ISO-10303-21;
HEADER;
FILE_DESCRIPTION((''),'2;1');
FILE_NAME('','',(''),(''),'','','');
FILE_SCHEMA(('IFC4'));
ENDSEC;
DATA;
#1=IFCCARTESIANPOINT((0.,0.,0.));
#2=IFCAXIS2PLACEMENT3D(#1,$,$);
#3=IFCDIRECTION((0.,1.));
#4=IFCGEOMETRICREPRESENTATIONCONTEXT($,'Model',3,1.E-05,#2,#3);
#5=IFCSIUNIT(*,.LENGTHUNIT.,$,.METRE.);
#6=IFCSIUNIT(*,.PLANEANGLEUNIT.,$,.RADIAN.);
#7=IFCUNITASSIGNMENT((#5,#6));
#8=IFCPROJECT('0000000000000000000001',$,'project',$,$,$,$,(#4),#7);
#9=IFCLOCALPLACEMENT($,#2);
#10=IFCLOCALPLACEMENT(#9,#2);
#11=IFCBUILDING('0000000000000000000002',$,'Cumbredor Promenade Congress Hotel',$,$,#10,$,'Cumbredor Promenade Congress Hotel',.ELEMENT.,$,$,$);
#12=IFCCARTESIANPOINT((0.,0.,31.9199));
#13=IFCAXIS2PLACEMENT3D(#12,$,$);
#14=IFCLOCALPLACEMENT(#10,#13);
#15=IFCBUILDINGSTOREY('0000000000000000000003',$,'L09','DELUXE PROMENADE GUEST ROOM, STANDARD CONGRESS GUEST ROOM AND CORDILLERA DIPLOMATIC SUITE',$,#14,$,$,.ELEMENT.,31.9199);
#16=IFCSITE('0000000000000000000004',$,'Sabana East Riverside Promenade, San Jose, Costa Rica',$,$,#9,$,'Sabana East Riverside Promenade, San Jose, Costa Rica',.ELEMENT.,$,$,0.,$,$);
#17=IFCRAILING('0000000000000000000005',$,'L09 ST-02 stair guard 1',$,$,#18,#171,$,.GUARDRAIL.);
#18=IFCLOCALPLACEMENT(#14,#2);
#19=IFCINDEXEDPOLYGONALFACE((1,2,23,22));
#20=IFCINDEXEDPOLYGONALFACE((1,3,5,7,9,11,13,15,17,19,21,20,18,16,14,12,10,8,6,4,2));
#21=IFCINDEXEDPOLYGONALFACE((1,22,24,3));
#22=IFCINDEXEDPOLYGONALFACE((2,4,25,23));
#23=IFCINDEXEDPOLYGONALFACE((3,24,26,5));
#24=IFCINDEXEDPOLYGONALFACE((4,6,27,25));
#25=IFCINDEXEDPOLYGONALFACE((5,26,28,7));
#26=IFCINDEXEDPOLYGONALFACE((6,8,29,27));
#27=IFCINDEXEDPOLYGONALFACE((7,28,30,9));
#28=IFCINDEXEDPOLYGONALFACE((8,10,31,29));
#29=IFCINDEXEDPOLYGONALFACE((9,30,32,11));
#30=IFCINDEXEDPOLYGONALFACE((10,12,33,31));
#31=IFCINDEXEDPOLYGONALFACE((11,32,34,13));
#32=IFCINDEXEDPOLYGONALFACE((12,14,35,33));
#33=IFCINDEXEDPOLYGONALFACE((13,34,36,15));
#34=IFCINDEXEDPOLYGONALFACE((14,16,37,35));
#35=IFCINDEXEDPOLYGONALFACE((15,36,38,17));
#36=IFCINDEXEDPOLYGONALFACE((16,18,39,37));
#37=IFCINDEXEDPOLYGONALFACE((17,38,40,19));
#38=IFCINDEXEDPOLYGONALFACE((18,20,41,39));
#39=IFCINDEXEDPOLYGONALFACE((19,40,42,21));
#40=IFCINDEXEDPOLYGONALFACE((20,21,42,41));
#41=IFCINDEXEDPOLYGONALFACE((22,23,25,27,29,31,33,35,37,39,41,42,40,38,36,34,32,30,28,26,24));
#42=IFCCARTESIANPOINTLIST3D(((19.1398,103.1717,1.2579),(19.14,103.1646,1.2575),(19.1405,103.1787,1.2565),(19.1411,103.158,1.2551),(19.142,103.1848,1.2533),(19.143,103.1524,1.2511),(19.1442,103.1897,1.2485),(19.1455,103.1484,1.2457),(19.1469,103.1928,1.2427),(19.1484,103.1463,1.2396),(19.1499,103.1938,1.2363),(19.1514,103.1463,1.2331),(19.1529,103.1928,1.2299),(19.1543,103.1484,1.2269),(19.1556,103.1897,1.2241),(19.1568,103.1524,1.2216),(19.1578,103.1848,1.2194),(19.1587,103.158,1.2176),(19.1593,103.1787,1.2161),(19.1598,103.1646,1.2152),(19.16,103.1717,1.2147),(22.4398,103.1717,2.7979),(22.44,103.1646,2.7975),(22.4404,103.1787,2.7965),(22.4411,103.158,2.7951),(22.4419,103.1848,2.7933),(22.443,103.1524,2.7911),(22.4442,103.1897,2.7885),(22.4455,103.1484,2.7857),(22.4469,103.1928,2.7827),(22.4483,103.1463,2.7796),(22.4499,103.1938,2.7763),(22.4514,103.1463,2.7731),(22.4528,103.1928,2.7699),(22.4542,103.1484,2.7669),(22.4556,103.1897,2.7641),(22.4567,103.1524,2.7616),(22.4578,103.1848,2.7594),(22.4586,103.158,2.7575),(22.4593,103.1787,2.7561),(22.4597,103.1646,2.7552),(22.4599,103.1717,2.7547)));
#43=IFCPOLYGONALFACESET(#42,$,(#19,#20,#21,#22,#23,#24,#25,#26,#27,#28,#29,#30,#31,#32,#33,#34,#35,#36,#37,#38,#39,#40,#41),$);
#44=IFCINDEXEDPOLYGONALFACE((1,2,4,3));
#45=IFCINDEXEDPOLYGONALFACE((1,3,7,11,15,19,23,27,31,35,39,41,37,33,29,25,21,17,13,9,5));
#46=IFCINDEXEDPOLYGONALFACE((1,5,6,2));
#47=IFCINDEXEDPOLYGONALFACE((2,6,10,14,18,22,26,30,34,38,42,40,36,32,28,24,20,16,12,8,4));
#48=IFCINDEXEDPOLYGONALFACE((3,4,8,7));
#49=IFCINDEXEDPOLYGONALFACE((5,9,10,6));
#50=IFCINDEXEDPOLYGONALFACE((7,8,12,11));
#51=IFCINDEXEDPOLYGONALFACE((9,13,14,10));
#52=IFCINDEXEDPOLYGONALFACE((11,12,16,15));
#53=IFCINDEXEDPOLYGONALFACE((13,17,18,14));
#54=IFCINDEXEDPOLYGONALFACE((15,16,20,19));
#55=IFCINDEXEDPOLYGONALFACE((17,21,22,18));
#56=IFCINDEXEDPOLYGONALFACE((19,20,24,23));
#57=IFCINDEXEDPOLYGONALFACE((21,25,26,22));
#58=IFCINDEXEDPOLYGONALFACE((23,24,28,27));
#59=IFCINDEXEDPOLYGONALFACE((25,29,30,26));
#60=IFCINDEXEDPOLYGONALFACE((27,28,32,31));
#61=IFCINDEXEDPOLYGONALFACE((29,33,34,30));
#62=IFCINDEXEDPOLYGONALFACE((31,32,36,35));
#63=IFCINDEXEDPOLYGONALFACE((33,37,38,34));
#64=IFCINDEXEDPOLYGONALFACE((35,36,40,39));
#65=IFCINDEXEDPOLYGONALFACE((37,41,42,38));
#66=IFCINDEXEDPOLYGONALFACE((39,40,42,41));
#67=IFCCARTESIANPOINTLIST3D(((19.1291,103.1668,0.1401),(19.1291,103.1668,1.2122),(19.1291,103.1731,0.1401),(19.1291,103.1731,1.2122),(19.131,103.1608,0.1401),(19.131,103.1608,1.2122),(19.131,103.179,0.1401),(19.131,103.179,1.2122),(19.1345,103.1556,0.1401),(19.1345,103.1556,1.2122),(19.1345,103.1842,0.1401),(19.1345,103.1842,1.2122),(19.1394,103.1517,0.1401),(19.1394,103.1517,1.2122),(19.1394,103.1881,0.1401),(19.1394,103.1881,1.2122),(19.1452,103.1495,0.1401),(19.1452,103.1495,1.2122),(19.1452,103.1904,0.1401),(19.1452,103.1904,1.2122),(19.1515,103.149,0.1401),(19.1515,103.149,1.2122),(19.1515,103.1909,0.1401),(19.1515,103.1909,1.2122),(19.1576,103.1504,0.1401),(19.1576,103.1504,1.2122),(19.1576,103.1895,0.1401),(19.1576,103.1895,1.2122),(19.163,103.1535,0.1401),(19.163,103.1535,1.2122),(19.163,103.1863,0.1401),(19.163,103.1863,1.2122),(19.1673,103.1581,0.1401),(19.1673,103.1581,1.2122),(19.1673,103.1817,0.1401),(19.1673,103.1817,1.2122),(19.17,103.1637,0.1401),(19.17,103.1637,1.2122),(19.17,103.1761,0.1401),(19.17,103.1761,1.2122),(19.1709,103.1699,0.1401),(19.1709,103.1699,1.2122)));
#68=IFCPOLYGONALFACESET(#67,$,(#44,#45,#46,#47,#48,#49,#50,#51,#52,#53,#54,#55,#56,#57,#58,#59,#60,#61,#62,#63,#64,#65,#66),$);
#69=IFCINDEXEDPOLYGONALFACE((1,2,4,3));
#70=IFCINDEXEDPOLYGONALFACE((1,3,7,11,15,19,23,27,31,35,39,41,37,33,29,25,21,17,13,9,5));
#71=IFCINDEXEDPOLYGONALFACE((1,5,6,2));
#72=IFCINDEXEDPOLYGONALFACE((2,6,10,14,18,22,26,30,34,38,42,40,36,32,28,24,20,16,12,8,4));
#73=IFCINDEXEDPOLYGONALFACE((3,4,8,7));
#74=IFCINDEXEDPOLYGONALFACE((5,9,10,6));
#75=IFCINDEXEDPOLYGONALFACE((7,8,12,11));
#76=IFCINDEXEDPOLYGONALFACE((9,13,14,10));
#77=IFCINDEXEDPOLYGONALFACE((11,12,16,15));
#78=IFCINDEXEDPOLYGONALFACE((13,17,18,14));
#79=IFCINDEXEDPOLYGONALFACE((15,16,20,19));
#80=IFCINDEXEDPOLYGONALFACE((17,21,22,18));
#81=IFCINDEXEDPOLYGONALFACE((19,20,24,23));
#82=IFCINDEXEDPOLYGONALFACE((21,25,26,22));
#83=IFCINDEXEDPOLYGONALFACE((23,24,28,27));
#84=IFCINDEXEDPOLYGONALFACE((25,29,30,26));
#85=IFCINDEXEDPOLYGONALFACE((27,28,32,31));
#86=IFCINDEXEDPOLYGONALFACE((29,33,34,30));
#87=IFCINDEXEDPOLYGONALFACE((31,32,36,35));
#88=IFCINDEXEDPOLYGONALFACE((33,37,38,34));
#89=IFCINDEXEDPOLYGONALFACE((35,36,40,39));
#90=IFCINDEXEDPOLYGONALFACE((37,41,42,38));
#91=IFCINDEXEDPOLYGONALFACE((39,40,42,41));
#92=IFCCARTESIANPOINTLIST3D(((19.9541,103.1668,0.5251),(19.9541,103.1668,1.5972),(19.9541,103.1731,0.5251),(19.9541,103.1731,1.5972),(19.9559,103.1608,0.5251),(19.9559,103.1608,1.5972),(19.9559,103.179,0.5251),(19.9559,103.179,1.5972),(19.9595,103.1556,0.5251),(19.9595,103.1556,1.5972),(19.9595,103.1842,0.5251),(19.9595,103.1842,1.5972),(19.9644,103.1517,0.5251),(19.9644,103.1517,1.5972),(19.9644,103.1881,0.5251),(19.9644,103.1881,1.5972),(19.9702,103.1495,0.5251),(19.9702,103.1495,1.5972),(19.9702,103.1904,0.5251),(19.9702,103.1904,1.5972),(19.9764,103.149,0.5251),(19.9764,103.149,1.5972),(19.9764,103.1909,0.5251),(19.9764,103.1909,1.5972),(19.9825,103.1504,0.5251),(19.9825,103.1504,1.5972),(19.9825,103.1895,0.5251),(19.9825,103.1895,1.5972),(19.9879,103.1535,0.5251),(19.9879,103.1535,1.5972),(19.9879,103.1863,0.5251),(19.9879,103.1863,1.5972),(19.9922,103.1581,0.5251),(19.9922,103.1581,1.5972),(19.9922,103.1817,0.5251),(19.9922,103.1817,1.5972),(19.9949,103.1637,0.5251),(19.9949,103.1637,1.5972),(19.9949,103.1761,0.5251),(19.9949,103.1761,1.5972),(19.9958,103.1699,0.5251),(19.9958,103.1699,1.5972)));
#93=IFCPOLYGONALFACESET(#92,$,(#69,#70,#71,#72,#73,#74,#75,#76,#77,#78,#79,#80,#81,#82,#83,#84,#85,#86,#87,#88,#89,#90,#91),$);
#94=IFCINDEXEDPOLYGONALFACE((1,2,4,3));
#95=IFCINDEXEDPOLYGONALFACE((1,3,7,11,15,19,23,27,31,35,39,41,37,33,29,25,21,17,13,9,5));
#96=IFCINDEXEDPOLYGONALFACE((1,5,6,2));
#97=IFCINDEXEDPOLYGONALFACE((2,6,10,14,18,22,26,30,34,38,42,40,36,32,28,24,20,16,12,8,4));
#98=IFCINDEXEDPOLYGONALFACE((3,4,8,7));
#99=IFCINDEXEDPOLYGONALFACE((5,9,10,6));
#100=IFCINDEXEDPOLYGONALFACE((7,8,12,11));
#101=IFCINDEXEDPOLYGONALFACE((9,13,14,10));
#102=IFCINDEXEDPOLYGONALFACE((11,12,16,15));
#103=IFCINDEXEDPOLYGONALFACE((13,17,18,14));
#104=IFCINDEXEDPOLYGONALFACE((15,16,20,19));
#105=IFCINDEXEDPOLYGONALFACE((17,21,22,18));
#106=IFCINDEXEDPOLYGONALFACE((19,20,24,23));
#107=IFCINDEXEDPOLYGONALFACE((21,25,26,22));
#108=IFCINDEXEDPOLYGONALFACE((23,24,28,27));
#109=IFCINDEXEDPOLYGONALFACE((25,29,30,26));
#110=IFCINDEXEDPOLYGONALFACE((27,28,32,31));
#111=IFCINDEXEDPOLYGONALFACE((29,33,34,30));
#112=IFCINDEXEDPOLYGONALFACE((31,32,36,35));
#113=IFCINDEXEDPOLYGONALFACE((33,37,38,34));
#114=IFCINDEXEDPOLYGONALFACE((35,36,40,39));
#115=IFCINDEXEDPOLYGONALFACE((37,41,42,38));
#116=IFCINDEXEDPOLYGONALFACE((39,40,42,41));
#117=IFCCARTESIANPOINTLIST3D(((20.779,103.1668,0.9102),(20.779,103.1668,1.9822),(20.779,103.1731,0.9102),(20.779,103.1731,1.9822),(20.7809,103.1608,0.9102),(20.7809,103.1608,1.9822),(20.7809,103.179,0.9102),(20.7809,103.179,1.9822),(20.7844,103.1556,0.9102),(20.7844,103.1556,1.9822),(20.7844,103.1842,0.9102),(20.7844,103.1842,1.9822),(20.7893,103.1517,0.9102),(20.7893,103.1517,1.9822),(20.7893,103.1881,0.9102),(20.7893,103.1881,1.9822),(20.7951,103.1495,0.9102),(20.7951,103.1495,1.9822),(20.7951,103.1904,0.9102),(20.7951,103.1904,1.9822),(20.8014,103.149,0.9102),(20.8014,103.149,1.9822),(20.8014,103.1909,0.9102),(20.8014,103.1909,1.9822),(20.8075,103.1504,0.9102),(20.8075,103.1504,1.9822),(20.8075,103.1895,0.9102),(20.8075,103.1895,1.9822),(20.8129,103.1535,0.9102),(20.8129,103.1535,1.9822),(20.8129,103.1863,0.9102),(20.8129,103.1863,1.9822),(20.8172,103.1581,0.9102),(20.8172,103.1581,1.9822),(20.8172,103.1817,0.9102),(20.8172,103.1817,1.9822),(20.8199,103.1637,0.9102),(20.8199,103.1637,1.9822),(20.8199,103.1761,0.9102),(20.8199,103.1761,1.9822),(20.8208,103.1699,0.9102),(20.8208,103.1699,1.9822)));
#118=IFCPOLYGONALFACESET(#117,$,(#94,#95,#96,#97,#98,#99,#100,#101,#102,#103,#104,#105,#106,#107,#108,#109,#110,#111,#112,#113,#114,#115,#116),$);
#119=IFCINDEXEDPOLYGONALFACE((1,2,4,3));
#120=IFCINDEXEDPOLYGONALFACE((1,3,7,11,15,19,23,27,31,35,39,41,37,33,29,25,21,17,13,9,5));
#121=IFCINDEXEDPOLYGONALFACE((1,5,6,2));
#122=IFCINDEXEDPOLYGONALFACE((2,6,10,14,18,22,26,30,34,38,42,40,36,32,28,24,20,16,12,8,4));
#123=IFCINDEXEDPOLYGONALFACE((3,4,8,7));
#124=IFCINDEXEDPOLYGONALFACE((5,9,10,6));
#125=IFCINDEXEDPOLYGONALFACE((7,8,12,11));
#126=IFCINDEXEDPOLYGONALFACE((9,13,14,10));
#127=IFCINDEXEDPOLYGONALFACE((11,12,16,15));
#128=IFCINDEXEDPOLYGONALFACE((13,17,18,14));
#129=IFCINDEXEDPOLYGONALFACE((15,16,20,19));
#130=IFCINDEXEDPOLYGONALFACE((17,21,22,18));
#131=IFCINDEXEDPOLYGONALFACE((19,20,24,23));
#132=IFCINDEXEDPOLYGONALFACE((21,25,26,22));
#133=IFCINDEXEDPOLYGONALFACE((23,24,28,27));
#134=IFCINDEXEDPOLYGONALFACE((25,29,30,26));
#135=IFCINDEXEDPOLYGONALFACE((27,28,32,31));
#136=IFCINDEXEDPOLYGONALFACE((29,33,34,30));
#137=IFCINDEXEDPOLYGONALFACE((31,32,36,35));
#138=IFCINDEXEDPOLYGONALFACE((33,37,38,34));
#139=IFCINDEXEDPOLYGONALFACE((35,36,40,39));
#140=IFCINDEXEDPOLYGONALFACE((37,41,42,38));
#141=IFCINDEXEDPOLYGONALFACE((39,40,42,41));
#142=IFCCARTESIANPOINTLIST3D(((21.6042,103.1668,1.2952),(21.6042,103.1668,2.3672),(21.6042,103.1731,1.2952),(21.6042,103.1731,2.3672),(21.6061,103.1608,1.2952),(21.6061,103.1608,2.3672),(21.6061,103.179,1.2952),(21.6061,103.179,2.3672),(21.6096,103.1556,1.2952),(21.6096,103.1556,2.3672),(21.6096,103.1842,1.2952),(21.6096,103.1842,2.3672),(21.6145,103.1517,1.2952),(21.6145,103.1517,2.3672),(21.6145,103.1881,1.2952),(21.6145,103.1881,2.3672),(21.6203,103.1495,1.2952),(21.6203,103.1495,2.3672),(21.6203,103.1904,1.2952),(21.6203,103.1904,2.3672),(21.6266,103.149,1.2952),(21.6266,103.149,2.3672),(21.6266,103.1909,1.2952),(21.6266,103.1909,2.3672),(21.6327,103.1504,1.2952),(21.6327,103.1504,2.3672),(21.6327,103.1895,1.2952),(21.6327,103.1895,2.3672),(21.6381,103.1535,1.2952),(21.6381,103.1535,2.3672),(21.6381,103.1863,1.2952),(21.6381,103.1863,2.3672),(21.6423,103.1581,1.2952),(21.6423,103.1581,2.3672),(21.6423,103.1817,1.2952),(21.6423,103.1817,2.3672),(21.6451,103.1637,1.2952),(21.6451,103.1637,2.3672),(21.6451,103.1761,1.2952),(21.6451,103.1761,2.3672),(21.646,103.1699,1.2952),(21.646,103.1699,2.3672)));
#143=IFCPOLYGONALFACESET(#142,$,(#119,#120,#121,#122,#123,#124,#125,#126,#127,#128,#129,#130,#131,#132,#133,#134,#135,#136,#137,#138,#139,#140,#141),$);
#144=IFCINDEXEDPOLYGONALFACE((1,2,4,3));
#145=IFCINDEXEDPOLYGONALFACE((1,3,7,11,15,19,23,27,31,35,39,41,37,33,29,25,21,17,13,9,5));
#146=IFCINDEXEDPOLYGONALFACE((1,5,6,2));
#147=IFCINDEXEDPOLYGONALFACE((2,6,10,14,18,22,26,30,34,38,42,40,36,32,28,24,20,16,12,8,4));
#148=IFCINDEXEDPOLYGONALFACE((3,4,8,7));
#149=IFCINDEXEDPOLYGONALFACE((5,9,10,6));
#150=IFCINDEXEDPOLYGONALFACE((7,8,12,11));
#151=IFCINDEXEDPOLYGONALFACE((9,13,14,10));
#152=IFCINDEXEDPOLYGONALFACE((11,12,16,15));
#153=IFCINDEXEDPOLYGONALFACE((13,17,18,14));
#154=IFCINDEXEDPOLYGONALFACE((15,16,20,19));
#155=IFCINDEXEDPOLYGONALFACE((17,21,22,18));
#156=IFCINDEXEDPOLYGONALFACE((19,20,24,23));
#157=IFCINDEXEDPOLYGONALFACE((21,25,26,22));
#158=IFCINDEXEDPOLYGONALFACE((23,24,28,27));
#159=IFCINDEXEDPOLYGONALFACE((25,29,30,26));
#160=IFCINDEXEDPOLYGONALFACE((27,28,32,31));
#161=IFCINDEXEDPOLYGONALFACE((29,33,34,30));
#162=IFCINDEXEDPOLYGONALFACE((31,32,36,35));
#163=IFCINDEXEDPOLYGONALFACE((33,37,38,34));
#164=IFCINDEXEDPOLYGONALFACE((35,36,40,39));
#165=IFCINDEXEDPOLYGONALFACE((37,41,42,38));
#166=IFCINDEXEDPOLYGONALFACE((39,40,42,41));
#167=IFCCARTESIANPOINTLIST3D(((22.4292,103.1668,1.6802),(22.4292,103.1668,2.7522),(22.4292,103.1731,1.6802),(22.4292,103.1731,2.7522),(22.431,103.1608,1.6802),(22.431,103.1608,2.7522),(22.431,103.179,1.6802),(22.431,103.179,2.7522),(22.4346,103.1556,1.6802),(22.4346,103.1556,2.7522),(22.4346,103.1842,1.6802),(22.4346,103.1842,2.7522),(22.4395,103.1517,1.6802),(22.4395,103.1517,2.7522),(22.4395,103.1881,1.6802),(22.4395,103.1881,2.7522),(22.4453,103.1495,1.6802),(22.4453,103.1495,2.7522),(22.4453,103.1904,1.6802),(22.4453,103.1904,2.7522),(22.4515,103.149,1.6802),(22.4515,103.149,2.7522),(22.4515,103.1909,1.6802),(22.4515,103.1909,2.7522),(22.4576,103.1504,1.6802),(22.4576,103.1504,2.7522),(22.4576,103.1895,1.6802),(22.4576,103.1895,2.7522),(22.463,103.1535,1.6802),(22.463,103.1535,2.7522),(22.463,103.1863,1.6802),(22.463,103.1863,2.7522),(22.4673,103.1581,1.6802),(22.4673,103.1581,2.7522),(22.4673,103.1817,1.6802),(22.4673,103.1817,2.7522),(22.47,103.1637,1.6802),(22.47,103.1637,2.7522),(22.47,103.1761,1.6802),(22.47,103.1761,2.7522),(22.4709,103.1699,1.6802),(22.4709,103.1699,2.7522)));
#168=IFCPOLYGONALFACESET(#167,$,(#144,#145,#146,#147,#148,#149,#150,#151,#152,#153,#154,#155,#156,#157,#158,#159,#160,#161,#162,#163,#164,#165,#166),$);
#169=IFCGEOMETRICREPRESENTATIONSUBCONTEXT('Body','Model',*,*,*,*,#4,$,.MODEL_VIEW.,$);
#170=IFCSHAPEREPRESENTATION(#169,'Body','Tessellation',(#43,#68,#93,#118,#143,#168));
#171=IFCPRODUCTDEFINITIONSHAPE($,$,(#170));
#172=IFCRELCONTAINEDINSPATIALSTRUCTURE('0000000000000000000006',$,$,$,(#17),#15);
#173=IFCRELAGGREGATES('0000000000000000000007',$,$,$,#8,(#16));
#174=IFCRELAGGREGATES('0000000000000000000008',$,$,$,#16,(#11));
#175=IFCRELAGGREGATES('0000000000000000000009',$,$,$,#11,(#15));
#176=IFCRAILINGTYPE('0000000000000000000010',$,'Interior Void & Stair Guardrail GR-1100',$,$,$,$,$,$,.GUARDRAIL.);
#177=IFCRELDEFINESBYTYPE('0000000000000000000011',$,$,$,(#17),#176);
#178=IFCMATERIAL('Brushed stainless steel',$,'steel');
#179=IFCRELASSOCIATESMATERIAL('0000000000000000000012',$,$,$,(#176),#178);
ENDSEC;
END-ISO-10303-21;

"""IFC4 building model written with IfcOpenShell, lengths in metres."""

from ifc_helpers import new_model, si_unit, direction, frame, origin, origin_2d, place, context, subcontext, project, spatial, circle, extrude, material, type_object, element, save


model = new_model("IFC4")

# Units and contexts
model_context = context("Model", 3, precision=1e-05, world=origin(), true_north=direction((0.0, 1.0)))
body_context = subcontext(model_context, "Body", "Model", "MODEL_VIEW")
ifc_project = project(units=[si_unit("LENGTHUNIT", "METRE"), si_unit("PLANEANGLEUNIT", "RADIAN")], contexts=[model_context])

# Site, building, storey
site_placement = place(None, origin())
site = spatial("IfcSite", under=ifc_project, at=site_placement, Name="Sabana East Riverside Promenade, San Jose, Costa Rica", LongName="Sabana East Riverside Promenade, San Jose, Costa Rica", CompositionType="ELEMENT", RefElevation=0.0)
building_placement = place(site_placement, origin())
building = spatial("IfcBuilding", under=site, at=building_placement, Name="Cumbredor Promenade Congress Hotel", LongName="Cumbredor Promenade Congress Hotel", CompositionType="ELEMENT")
storey_placement = place(building_placement, frame((0.0, 0.0, 31.9199)))
storey = spatial("IfcBuildingStorey", under=building, at=storey_placement, Name="L09", Description="DELUXE PROMENADE GUEST ROOM, STANDARD CONGRESS GUEST ROOM AND CORDILLERA DIPLOMATIC SUITE", CompositionType="ELEMENT", Elevation=31.9199)

# Shared definitions
ifc_material_1 = material(Name="Brushed stainless steel", Category="steel")

# Railing
railing_type_1 = type_object("IfcRailingType", Name="Interior Void & Stair Guardrail GR-1100", PredefinedType="GUARDRAIL", material=ifc_material_1)
railing_1_placement = place(storey_placement, frame((19.1499, 103.1699, 0.1401)))
element("IfcRailing", 1, at=railing_1_placement, inside=storey, type_object=railing_type_1, Name="L09 ST-02 stair guard 1", PredefinedType="GUARDRAIL", context=body_context, shape_type="SweptSolid", body=[
    extrude(circle(Radius=0.0239, at=origin_2d()), frame((0.0, 0.0, 1.0962), z_axis=(0.906181, 0.0, 0.422889), x_axis=(0.0, 1.0, 0.0)), (0.0, 0.0, 1.0), 3.6416),
    extrude(circle(Radius=0.021, at=origin_2d()), origin(), (0.0, 0.0, 1.0), 1.072),
    extrude(circle(Radius=0.021, at=origin_2d()), frame((0.825, 0.0, 0.385)), (0.0, 0.0, 1.0), 1.072),
    extrude(circle(Radius=0.021, at=origin_2d()), frame((1.6499, 0.0, 0.77)), (0.0, 0.0, 1.0), 1.072),
    extrude(circle(Radius=0.021, at=origin_2d()), frame((2.4751, 0.0, 1.155)), (0.0, 0.0, 1.0), 1.072),
    extrude(circle(Radius=0.021, at=origin_2d()), frame((3.3, 0.0, 1.54)), (0.0, 0.0, 1.0), 1.072),
])

save(model, "model.ifc")
